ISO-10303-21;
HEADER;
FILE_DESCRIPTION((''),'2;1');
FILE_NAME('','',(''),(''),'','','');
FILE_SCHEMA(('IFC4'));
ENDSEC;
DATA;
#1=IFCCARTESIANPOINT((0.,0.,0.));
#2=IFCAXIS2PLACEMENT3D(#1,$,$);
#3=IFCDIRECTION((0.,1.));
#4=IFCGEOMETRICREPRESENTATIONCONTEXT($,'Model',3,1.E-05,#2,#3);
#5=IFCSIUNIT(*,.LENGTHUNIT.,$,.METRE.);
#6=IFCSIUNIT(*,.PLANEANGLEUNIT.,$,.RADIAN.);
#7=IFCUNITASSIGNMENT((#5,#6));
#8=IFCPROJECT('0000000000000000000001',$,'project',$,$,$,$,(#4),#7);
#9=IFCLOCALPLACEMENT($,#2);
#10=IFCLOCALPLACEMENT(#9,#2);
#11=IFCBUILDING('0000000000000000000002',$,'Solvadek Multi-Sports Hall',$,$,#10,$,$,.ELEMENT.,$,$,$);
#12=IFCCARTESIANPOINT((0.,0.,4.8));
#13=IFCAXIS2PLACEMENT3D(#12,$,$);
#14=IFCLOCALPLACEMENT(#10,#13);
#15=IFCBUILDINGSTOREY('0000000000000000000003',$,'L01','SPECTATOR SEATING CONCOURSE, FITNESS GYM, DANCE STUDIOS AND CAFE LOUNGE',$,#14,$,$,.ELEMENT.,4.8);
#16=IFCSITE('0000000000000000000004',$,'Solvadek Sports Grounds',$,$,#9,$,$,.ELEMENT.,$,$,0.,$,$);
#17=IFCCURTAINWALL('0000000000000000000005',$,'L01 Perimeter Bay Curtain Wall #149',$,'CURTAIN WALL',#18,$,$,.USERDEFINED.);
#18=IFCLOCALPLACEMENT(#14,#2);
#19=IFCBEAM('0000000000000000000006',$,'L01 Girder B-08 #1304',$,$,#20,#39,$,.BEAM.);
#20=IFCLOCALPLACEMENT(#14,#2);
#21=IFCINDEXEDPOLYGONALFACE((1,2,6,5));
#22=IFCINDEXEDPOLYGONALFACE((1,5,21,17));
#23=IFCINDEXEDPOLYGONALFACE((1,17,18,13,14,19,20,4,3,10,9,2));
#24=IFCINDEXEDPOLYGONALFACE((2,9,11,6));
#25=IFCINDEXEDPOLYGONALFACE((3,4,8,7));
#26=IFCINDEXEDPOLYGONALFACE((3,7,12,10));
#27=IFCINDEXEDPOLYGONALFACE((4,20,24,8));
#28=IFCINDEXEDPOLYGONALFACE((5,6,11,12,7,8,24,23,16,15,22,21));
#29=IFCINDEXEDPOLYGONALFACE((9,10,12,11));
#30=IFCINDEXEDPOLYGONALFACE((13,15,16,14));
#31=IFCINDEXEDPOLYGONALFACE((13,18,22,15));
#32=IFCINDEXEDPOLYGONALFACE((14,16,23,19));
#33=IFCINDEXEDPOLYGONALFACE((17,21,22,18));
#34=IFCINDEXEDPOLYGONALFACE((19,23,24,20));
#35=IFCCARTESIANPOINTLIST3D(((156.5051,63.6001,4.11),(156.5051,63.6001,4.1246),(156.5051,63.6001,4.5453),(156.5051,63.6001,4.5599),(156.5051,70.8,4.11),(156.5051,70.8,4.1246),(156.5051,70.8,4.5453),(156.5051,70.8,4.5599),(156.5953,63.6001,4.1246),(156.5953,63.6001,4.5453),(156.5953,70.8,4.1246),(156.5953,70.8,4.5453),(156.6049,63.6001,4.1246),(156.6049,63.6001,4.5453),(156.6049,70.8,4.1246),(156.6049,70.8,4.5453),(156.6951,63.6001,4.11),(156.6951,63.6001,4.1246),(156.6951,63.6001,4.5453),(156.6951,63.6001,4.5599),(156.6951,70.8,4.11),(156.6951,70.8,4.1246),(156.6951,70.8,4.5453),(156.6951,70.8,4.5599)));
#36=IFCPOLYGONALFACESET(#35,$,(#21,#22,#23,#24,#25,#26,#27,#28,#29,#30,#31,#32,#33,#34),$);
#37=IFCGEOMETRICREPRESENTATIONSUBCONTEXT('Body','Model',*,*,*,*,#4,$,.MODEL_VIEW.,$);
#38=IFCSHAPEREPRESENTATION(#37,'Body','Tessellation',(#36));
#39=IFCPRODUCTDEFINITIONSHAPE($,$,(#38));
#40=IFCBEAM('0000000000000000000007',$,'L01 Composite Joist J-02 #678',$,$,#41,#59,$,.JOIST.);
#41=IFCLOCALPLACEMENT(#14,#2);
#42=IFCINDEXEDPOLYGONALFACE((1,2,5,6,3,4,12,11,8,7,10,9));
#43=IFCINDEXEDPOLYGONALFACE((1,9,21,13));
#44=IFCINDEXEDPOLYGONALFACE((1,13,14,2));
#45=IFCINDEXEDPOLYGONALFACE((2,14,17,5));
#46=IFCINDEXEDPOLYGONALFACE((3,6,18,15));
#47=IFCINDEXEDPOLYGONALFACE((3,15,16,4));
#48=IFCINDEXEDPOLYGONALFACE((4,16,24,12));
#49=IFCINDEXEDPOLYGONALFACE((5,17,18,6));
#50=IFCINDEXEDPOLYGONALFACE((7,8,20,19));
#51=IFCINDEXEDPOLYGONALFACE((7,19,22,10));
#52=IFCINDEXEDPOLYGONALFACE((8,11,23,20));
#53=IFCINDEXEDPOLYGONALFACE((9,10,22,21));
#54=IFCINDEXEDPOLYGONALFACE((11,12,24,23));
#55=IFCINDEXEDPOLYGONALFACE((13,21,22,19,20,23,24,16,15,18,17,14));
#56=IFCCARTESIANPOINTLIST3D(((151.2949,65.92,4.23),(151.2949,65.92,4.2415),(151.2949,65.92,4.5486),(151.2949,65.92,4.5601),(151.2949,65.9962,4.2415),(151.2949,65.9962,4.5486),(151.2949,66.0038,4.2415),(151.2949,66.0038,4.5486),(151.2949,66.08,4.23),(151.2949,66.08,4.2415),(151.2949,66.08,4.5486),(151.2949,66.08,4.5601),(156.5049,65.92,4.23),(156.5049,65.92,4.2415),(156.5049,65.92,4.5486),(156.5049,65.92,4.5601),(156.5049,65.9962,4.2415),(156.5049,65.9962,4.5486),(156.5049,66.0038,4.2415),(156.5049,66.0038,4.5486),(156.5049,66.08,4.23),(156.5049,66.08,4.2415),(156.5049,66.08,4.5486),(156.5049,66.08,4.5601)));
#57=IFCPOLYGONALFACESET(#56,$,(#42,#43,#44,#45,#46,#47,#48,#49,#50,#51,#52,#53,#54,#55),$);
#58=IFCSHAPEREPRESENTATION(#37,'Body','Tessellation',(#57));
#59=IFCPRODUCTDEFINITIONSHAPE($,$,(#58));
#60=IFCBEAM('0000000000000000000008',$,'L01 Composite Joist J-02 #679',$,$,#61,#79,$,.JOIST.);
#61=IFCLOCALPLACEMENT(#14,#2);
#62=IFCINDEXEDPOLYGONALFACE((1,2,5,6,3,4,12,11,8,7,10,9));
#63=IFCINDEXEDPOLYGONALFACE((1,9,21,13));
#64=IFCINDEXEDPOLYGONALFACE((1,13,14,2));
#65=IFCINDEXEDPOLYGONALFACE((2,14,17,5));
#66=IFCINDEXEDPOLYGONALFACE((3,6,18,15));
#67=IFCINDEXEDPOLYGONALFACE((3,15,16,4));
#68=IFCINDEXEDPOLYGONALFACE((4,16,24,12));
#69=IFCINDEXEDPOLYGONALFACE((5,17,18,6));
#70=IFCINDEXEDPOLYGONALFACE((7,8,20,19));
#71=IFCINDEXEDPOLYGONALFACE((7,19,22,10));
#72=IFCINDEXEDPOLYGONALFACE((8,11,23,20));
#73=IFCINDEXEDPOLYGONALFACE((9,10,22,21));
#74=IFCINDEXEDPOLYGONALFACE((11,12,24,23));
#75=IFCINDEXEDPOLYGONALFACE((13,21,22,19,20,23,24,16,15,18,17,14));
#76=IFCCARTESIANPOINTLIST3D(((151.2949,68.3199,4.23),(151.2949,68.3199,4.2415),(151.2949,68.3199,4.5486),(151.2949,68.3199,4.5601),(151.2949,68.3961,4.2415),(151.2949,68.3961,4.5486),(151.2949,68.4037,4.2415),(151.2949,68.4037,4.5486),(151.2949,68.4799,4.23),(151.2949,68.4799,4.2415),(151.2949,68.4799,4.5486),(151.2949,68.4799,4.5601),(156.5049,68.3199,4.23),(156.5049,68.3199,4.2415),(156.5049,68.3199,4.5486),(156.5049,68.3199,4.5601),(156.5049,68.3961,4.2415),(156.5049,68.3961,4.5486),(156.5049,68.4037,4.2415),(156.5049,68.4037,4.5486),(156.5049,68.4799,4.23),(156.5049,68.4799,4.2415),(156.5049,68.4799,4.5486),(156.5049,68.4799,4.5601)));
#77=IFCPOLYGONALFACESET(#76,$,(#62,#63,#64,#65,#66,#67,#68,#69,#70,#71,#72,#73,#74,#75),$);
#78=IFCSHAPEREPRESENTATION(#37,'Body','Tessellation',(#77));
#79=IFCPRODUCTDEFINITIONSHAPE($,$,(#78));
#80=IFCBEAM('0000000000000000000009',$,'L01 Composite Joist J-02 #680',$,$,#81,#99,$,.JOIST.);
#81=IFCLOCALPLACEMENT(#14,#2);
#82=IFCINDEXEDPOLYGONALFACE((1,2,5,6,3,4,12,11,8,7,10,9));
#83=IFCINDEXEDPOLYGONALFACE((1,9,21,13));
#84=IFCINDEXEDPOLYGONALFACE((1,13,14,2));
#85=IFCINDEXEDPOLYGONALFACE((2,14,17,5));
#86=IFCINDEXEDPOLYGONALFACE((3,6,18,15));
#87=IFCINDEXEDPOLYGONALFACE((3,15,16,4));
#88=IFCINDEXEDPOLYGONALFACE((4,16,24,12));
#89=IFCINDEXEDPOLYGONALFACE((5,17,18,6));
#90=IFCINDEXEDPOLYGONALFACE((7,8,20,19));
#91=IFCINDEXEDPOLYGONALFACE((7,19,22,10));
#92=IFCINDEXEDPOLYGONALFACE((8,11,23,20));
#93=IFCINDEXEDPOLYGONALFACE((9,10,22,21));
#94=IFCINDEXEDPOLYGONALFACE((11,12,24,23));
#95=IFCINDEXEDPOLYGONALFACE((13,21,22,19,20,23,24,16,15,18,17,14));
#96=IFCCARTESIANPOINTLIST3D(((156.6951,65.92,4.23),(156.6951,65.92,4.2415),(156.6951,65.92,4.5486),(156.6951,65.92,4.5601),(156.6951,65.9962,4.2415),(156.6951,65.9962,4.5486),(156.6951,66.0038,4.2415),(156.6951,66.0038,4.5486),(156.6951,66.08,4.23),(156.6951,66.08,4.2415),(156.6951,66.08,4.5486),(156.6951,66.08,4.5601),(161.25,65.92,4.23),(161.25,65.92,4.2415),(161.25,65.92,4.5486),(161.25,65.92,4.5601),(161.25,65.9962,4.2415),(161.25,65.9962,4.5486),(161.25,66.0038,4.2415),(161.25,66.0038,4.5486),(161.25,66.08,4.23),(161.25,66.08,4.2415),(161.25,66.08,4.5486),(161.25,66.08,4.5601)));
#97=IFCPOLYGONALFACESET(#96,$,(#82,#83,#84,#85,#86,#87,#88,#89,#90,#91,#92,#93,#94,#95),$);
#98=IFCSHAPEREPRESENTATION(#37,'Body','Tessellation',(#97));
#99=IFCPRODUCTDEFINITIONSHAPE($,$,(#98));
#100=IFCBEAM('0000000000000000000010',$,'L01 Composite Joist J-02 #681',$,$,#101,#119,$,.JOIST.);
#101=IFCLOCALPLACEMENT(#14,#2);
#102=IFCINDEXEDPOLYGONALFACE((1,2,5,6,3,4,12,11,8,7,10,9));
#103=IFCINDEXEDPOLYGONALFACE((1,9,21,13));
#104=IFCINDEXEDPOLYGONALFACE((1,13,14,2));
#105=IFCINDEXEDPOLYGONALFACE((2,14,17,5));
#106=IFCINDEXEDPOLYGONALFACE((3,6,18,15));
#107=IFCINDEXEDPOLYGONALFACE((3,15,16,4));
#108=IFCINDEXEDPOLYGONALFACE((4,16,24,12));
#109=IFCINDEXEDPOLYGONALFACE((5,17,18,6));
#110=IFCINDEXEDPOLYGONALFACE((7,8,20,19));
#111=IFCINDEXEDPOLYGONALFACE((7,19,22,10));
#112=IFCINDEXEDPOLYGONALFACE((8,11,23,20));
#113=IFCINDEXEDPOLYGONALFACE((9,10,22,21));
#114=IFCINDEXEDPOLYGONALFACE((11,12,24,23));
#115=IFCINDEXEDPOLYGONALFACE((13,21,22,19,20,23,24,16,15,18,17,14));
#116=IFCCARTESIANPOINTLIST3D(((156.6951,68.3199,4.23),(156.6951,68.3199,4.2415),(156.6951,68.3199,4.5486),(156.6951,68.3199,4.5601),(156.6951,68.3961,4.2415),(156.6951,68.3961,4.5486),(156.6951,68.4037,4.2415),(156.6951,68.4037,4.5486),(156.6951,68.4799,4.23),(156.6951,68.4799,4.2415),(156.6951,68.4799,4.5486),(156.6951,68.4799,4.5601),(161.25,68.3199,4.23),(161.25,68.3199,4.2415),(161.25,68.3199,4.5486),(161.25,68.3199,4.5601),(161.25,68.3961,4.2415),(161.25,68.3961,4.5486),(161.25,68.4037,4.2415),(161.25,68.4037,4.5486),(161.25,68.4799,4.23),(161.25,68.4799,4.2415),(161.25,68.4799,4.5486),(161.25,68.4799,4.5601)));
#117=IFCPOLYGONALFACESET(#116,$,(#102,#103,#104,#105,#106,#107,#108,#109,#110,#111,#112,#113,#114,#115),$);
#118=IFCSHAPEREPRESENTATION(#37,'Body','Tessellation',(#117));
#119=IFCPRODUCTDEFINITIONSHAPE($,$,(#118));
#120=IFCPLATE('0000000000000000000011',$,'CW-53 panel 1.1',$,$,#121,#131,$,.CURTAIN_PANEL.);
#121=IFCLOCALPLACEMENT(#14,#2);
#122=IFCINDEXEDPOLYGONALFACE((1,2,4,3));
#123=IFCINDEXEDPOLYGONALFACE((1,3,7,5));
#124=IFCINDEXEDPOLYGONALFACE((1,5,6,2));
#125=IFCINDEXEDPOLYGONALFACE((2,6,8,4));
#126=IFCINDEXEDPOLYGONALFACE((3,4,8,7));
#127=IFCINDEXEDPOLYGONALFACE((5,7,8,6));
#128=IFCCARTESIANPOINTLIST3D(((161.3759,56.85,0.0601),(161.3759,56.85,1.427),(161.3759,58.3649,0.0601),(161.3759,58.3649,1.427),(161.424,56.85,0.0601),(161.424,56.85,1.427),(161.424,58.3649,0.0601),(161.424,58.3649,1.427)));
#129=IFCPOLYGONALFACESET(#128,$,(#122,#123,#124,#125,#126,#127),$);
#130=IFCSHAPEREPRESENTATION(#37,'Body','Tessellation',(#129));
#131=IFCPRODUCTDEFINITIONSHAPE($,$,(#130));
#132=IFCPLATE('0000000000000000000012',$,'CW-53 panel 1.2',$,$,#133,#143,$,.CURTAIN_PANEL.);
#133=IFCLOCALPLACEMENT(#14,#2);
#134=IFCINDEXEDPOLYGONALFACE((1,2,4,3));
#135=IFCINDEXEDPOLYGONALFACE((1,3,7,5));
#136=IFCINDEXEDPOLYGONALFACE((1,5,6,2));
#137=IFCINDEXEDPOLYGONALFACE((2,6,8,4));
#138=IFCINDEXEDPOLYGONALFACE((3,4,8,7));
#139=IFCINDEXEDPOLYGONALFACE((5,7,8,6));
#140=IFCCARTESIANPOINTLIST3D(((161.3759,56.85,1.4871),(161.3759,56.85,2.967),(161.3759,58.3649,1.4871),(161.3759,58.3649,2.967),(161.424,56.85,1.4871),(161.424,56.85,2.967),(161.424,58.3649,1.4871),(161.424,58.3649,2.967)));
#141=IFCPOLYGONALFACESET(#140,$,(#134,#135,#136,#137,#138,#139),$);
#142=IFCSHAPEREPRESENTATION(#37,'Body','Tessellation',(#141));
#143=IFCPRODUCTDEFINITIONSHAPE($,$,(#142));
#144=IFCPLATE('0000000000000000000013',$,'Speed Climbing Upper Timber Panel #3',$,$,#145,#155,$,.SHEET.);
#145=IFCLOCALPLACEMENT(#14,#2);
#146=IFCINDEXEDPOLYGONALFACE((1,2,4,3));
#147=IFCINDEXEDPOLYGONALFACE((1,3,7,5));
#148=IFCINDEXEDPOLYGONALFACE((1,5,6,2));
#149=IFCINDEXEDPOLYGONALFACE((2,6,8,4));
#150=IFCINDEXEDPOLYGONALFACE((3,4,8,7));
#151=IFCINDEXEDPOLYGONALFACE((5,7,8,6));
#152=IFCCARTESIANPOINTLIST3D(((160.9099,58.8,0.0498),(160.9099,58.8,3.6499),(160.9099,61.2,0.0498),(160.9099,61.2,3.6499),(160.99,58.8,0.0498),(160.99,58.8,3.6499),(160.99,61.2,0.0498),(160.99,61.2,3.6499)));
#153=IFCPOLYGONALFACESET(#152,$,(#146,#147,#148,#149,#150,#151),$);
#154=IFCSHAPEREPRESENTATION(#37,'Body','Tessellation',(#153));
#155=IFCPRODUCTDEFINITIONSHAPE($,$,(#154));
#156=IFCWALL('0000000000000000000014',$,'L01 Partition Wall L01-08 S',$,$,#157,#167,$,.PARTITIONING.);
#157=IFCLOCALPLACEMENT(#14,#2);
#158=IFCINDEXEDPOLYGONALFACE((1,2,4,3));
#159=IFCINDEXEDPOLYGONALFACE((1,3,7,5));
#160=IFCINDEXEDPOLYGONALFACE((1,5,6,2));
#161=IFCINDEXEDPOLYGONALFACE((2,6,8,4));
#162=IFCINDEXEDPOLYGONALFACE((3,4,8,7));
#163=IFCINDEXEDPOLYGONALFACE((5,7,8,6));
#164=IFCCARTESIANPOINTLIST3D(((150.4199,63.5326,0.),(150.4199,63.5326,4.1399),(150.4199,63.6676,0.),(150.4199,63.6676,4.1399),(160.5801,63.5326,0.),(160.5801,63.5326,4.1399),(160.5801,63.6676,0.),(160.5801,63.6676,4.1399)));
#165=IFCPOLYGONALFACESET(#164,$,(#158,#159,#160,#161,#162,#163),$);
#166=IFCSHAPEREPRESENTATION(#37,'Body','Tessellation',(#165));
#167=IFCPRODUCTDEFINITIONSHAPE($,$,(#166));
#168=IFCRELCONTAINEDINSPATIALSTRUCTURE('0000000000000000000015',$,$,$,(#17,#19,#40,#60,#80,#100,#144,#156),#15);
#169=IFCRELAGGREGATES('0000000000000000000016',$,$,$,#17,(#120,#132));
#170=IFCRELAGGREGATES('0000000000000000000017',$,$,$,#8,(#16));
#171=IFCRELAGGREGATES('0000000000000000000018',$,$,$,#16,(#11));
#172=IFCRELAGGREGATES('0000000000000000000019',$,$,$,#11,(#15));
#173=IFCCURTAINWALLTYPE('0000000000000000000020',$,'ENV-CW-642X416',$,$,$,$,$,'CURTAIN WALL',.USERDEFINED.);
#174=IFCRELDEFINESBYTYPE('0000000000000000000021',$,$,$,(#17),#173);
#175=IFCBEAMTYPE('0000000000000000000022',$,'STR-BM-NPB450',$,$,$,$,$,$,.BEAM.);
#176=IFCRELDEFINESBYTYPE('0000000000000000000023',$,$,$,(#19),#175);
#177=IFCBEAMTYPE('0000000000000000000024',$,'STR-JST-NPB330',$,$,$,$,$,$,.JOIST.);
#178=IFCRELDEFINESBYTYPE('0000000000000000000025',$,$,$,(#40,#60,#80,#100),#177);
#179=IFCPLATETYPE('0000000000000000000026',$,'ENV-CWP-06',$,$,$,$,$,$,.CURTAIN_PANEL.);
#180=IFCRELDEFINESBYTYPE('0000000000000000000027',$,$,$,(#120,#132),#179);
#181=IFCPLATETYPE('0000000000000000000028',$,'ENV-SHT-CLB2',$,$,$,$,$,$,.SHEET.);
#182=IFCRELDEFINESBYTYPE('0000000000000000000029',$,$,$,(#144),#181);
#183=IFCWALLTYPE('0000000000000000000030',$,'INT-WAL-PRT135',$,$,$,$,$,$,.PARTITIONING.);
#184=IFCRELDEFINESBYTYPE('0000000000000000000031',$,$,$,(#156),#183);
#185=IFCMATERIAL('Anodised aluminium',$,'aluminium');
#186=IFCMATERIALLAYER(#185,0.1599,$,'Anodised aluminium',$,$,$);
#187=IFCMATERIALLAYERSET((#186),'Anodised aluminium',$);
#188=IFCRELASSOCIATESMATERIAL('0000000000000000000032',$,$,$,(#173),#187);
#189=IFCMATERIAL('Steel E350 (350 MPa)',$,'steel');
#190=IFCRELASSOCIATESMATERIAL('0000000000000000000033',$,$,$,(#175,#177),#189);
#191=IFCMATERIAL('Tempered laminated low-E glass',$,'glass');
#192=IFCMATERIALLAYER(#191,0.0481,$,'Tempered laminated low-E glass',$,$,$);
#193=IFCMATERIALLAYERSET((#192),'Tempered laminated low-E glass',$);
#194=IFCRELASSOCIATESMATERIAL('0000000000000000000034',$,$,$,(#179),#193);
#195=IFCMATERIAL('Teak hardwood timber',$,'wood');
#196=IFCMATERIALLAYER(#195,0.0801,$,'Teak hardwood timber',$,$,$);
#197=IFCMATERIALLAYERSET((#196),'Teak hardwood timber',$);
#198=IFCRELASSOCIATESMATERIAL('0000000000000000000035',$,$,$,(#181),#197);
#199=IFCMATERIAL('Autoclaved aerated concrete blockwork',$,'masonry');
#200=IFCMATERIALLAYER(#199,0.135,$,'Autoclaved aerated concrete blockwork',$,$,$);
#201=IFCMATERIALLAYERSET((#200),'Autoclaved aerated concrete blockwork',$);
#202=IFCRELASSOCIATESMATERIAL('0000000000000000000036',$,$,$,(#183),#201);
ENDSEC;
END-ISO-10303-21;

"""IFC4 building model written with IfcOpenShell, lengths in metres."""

from ifc_helpers import new_model, si_unit, direction, frame, frame_2d, origin, origin_2d, place, context, subcontext, project, spatial, rectangle, i_section, extrude, material, layer, layer_set, material_profile, profile_set, type_object, element, aggregate, save


model = new_model("IFC4")

# Units and contexts
model_context = context("Model", 3, precision=1e-05, world=origin(), true_north=direction((0.0, 1.0)))
body_context = subcontext(model_context, "Body", "Model", "MODEL_VIEW")
ifc_project = project(units=[si_unit("LENGTHUNIT", "METRE"), si_unit("PLANEANGLEUNIT", "RADIAN")], contexts=[model_context])

# Site, building, storey
site_placement = place(None, origin())
site = spatial("IfcSite", under=ifc_project, at=site_placement, Name="Solvadek Sports Grounds", CompositionType="ELEMENT", RefElevation=0.0)
building_placement = place(site_placement, origin())
building = spatial("IfcBuilding", under=site, at=building_placement, Name="Solvadek Multi-Sports Hall", CompositionType="ELEMENT")
storey_placement = place(building_placement, frame((0.0, 0.0, 4.8)))
storey = spatial("IfcBuildingStorey", under=building, at=storey_placement, Name="L01", Description="SPECTATOR SEATING CONCOURSE, FITNESS GYM, DANCE STUDIOS AND CAFE LOUNGE", CompositionType="ELEMENT", Elevation=4.8)

# Shared definitions
ifc_material_1 = material(Name="Steel E350 (350 MPa)", Category="steel")

# Curtain wall
ifc_material_2 = material(Name="Anodised aluminium", Category="aluminium")
ifc_layer_1 = layer(ifc_material_2, 0.1599, Name="Anodised aluminium")
ifc_layer_set_1 = layer_set([ifc_layer_1], Name="Anodised aluminium")
curtain_wall_type = type_object("IfcCurtainWallType", Name="ENV-CW-642X416", ElementType="CURTAIN WALL", PredefinedType="USERDEFINED", material=ifc_layer_set_1)
curtain_wall_placement = place(storey_placement, origin())
curtain_wall = element("IfcCurtainWall", 1, at=curtain_wall_placement, inside=storey, type_object=curtain_wall_type, Name="L01 Perimeter Bay Curtain Wall #149", ObjectType="CURTAIN WALL", PredefinedType="USERDEFINED")

# Beams
ifc_material_profile_1 = material_profile(ifc_material_1, i_section(OverallWidth=0.1899, OverallDepth=0.45, WebThickness=0.0095, FlangeThickness=0.0146, at=origin_2d()), Name="NPB 450")
ifc_profile_set_1 = profile_set([ifc_material_profile_1], Name="Steel E350 (350 MPa)")
beam_type_1 = type_object("IfcBeamType", Name="STR-BM-NPB450", PredefinedType="BEAM", material=ifc_profile_set_1)
for number, where, z_axis, x_axis, name in (
    (2, (156.6001, 63.6001, 4.335), (0.0, 1.0, 0.0), (-1.0, 0.0, 0.0), "L01 Girder B-08 #1304"),
):
    element("IfcBeam", number, at=place(storey_placement, frame(where, z_axis=z_axis, x_axis=x_axis)), inside=storey, type_object=beam_type_1, Name=name, PredefinedType="BEAM", context=body_context, shape_type="SweptSolid", body=[
        extrude(i_section(OverallWidth=0.1899, OverallDepth=0.45, WebThickness=0.0095, FlangeThickness=0.0146, at=origin_2d()), origin(), (0.0, 0.0, 1.0), 7.2),
    ])
ifc_material_profile_2 = material_profile(ifc_material_1, i_section(OverallWidth=0.1599, OverallDepth=0.3301, WebThickness=0.0076, FlangeThickness=0.0115, at=origin_2d()), Name="NPB 330")
ifc_profile_set_2 = profile_set([ifc_material_profile_2], Name="Steel E350 (350 MPa)")
beam_type_2 = type_object("IfcBeamType", Name="STR-JST-NPB330", PredefinedType="JOIST", material=ifc_profile_set_2)
for number, where, z_axis, x_axis, name in (
    (3, (151.2949, 66.0, 4.395), (1.0, 0.0, 0.0), (0.0, 1.0, 0.0), "L01 Composite Joist J-02 #678"),
    (4, (151.2949, 68.3999, 4.395), (1.0, 0.0, 0.0), (0.0, 1.0, 0.0), "L01 Composite Joist J-02 #679"),
):
    element("IfcBeam", number, at=place(storey_placement, frame(where, z_axis=z_axis, x_axis=x_axis)), inside=storey, type_object=beam_type_2, Name=name, PredefinedType="JOIST", context=body_context, shape_type="SweptSolid", body=[
        extrude(i_section(OverallWidth=0.1599, OverallDepth=0.3301, WebThickness=0.0076, FlangeThickness=0.0115, at=origin_2d()), origin(), (0.0, 0.0, 1.0), 5.21),
    ])
for number, where, z_axis, x_axis, name in (
    (5, (156.6951, 66.0, 4.395), (1.0, 0.0, 0.0), (0.0, 1.0, 0.0), "L01 Composite Joist J-02 #680"),
    (6, (156.6951, 68.3999, 4.395), (1.0, 0.0, 0.0), (0.0, 1.0, 0.0), "L01 Composite Joist J-02 #681"),
):
    element("IfcBeam", number, at=place(storey_placement, frame(where, z_axis=z_axis, x_axis=x_axis)), inside=storey, type_object=beam_type_2, Name=name, PredefinedType="JOIST", context=body_context, shape_type="SweptSolid", body=[
        extrude(i_section(OverallWidth=0.1599, OverallDepth=0.3301, WebThickness=0.0076, FlangeThickness=0.0115, at=origin_2d()), origin(), (0.0, 0.0, 1.0), 4.5549),
    ])

# Plates
ifc_material_3 = material(Name="Tempered laminated low-E glass", Category="glass")
ifc_layer_2 = layer(ifc_material_3, 0.0481, Name="Tempered laminated low-E glass")
ifc_layer_set_2 = layer_set([ifc_layer_2], Name="Tempered laminated low-E glass")
plate_type_1 = type_object("IfcPlateType", Name="ENV-CWP-06", PredefinedType="CURTAIN_PANEL", material=ifc_layer_set_2)
plate_1_placement = place(storey_placement, frame((161.3999, 57.6074, 0.0601), z_axis=(0.0, 0.0, 1.0), x_axis=(0.0, 1.0, 0.0)))
plate_1 = element("IfcPlate", 7, at=plate_1_placement, type_object=plate_type_1, Name="CW-53 panel 1.1", PredefinedType="CURTAIN_PANEL", context=body_context, shape_type="SweptSolid", body=[
    extrude(rectangle(XDim=1.5149, YDim=0.0481, at=origin_2d()), origin(), (0.0, 0.0, 1.0), 1.3669),
])
plate_2_placement = place(storey_placement, frame((161.3999, 57.6074, 1.4871), z_axis=(0.0, 0.0, 1.0), x_axis=(0.0, 1.0, 0.0)))
plate_2 = element("IfcPlate", 8, at=plate_2_placement, type_object=plate_type_1, Name="CW-53 panel 1.2", PredefinedType="CURTAIN_PANEL", context=body_context, shape_type="SweptSolid", body=[
    extrude(rectangle(XDim=1.5149, YDim=0.0481, at=origin_2d()), origin(), (0.0, 0.0, 1.0), 1.48),
])
aggregate(curtain_wall, [plate_1, plate_2])
ifc_material_4 = material(Name="Teak hardwood timber", Category="wood")
ifc_layer_3 = layer(ifc_material_4, 0.0801, Name="Teak hardwood timber")
ifc_layer_set_3 = layer_set([ifc_layer_3], Name="Teak hardwood timber")
plate_type_2 = type_object("IfcPlateType", Name="ENV-SHT-CLB2", PredefinedType="SHEET", material=ifc_layer_set_3)
plate_3_placement = place(storey_placement, frame((160.95, 60.0, 0.0498), z_axis=(0.0, 0.0, 1.0), x_axis=(0.0, 1.0, 0.0)))
element("IfcPlate", 9, at=plate_3_placement, inside=storey, type_object=plate_type_2, Name="Speed Climbing Upper Timber Panel #3", PredefinedType="SHEET", context=body_context, shape_type="SweptSolid", body=[
    extrude(rectangle(XDim=2.3999, YDim=0.0801, at=origin_2d()), origin(), (0.0, 0.0, 1.0), 3.6001),
])

# Wall
ifc_material_5 = material(Name="Autoclaved aerated concrete blockwork", Category="masonry")
ifc_layer_4 = layer(ifc_material_5, 0.135, Name="Autoclaved aerated concrete blockwork")
ifc_layer_set_4 = layer_set([ifc_layer_4], Name="Autoclaved aerated concrete blockwork")
wall_type_1 = type_object("IfcWallType", Name="INT-WAL-PRT135", PredefinedType="PARTITIONING", material=ifc_layer_set_4)
wall_1_placement = place(storey_placement, frame((150.4199, 63.6001, 0.0), z_axis=(0.0, 0.0, 1.0), x_axis=(1.0, 0.0, 0.0)))
element("IfcWall", 10, at=wall_1_placement, inside=storey, type_object=wall_type_1, Name="L01 Partition Wall L01-08 S", PredefinedType="PARTITIONING", context=body_context, shape_type="SweptSolid", body=[
    extrude(rectangle(XDim=10.1602, YDim=0.135, at=frame_2d((5.0801, 0.0))), origin(), (0.0, 0.0, 1.0), 4.1399),
])

save(model, "model.ifc")
